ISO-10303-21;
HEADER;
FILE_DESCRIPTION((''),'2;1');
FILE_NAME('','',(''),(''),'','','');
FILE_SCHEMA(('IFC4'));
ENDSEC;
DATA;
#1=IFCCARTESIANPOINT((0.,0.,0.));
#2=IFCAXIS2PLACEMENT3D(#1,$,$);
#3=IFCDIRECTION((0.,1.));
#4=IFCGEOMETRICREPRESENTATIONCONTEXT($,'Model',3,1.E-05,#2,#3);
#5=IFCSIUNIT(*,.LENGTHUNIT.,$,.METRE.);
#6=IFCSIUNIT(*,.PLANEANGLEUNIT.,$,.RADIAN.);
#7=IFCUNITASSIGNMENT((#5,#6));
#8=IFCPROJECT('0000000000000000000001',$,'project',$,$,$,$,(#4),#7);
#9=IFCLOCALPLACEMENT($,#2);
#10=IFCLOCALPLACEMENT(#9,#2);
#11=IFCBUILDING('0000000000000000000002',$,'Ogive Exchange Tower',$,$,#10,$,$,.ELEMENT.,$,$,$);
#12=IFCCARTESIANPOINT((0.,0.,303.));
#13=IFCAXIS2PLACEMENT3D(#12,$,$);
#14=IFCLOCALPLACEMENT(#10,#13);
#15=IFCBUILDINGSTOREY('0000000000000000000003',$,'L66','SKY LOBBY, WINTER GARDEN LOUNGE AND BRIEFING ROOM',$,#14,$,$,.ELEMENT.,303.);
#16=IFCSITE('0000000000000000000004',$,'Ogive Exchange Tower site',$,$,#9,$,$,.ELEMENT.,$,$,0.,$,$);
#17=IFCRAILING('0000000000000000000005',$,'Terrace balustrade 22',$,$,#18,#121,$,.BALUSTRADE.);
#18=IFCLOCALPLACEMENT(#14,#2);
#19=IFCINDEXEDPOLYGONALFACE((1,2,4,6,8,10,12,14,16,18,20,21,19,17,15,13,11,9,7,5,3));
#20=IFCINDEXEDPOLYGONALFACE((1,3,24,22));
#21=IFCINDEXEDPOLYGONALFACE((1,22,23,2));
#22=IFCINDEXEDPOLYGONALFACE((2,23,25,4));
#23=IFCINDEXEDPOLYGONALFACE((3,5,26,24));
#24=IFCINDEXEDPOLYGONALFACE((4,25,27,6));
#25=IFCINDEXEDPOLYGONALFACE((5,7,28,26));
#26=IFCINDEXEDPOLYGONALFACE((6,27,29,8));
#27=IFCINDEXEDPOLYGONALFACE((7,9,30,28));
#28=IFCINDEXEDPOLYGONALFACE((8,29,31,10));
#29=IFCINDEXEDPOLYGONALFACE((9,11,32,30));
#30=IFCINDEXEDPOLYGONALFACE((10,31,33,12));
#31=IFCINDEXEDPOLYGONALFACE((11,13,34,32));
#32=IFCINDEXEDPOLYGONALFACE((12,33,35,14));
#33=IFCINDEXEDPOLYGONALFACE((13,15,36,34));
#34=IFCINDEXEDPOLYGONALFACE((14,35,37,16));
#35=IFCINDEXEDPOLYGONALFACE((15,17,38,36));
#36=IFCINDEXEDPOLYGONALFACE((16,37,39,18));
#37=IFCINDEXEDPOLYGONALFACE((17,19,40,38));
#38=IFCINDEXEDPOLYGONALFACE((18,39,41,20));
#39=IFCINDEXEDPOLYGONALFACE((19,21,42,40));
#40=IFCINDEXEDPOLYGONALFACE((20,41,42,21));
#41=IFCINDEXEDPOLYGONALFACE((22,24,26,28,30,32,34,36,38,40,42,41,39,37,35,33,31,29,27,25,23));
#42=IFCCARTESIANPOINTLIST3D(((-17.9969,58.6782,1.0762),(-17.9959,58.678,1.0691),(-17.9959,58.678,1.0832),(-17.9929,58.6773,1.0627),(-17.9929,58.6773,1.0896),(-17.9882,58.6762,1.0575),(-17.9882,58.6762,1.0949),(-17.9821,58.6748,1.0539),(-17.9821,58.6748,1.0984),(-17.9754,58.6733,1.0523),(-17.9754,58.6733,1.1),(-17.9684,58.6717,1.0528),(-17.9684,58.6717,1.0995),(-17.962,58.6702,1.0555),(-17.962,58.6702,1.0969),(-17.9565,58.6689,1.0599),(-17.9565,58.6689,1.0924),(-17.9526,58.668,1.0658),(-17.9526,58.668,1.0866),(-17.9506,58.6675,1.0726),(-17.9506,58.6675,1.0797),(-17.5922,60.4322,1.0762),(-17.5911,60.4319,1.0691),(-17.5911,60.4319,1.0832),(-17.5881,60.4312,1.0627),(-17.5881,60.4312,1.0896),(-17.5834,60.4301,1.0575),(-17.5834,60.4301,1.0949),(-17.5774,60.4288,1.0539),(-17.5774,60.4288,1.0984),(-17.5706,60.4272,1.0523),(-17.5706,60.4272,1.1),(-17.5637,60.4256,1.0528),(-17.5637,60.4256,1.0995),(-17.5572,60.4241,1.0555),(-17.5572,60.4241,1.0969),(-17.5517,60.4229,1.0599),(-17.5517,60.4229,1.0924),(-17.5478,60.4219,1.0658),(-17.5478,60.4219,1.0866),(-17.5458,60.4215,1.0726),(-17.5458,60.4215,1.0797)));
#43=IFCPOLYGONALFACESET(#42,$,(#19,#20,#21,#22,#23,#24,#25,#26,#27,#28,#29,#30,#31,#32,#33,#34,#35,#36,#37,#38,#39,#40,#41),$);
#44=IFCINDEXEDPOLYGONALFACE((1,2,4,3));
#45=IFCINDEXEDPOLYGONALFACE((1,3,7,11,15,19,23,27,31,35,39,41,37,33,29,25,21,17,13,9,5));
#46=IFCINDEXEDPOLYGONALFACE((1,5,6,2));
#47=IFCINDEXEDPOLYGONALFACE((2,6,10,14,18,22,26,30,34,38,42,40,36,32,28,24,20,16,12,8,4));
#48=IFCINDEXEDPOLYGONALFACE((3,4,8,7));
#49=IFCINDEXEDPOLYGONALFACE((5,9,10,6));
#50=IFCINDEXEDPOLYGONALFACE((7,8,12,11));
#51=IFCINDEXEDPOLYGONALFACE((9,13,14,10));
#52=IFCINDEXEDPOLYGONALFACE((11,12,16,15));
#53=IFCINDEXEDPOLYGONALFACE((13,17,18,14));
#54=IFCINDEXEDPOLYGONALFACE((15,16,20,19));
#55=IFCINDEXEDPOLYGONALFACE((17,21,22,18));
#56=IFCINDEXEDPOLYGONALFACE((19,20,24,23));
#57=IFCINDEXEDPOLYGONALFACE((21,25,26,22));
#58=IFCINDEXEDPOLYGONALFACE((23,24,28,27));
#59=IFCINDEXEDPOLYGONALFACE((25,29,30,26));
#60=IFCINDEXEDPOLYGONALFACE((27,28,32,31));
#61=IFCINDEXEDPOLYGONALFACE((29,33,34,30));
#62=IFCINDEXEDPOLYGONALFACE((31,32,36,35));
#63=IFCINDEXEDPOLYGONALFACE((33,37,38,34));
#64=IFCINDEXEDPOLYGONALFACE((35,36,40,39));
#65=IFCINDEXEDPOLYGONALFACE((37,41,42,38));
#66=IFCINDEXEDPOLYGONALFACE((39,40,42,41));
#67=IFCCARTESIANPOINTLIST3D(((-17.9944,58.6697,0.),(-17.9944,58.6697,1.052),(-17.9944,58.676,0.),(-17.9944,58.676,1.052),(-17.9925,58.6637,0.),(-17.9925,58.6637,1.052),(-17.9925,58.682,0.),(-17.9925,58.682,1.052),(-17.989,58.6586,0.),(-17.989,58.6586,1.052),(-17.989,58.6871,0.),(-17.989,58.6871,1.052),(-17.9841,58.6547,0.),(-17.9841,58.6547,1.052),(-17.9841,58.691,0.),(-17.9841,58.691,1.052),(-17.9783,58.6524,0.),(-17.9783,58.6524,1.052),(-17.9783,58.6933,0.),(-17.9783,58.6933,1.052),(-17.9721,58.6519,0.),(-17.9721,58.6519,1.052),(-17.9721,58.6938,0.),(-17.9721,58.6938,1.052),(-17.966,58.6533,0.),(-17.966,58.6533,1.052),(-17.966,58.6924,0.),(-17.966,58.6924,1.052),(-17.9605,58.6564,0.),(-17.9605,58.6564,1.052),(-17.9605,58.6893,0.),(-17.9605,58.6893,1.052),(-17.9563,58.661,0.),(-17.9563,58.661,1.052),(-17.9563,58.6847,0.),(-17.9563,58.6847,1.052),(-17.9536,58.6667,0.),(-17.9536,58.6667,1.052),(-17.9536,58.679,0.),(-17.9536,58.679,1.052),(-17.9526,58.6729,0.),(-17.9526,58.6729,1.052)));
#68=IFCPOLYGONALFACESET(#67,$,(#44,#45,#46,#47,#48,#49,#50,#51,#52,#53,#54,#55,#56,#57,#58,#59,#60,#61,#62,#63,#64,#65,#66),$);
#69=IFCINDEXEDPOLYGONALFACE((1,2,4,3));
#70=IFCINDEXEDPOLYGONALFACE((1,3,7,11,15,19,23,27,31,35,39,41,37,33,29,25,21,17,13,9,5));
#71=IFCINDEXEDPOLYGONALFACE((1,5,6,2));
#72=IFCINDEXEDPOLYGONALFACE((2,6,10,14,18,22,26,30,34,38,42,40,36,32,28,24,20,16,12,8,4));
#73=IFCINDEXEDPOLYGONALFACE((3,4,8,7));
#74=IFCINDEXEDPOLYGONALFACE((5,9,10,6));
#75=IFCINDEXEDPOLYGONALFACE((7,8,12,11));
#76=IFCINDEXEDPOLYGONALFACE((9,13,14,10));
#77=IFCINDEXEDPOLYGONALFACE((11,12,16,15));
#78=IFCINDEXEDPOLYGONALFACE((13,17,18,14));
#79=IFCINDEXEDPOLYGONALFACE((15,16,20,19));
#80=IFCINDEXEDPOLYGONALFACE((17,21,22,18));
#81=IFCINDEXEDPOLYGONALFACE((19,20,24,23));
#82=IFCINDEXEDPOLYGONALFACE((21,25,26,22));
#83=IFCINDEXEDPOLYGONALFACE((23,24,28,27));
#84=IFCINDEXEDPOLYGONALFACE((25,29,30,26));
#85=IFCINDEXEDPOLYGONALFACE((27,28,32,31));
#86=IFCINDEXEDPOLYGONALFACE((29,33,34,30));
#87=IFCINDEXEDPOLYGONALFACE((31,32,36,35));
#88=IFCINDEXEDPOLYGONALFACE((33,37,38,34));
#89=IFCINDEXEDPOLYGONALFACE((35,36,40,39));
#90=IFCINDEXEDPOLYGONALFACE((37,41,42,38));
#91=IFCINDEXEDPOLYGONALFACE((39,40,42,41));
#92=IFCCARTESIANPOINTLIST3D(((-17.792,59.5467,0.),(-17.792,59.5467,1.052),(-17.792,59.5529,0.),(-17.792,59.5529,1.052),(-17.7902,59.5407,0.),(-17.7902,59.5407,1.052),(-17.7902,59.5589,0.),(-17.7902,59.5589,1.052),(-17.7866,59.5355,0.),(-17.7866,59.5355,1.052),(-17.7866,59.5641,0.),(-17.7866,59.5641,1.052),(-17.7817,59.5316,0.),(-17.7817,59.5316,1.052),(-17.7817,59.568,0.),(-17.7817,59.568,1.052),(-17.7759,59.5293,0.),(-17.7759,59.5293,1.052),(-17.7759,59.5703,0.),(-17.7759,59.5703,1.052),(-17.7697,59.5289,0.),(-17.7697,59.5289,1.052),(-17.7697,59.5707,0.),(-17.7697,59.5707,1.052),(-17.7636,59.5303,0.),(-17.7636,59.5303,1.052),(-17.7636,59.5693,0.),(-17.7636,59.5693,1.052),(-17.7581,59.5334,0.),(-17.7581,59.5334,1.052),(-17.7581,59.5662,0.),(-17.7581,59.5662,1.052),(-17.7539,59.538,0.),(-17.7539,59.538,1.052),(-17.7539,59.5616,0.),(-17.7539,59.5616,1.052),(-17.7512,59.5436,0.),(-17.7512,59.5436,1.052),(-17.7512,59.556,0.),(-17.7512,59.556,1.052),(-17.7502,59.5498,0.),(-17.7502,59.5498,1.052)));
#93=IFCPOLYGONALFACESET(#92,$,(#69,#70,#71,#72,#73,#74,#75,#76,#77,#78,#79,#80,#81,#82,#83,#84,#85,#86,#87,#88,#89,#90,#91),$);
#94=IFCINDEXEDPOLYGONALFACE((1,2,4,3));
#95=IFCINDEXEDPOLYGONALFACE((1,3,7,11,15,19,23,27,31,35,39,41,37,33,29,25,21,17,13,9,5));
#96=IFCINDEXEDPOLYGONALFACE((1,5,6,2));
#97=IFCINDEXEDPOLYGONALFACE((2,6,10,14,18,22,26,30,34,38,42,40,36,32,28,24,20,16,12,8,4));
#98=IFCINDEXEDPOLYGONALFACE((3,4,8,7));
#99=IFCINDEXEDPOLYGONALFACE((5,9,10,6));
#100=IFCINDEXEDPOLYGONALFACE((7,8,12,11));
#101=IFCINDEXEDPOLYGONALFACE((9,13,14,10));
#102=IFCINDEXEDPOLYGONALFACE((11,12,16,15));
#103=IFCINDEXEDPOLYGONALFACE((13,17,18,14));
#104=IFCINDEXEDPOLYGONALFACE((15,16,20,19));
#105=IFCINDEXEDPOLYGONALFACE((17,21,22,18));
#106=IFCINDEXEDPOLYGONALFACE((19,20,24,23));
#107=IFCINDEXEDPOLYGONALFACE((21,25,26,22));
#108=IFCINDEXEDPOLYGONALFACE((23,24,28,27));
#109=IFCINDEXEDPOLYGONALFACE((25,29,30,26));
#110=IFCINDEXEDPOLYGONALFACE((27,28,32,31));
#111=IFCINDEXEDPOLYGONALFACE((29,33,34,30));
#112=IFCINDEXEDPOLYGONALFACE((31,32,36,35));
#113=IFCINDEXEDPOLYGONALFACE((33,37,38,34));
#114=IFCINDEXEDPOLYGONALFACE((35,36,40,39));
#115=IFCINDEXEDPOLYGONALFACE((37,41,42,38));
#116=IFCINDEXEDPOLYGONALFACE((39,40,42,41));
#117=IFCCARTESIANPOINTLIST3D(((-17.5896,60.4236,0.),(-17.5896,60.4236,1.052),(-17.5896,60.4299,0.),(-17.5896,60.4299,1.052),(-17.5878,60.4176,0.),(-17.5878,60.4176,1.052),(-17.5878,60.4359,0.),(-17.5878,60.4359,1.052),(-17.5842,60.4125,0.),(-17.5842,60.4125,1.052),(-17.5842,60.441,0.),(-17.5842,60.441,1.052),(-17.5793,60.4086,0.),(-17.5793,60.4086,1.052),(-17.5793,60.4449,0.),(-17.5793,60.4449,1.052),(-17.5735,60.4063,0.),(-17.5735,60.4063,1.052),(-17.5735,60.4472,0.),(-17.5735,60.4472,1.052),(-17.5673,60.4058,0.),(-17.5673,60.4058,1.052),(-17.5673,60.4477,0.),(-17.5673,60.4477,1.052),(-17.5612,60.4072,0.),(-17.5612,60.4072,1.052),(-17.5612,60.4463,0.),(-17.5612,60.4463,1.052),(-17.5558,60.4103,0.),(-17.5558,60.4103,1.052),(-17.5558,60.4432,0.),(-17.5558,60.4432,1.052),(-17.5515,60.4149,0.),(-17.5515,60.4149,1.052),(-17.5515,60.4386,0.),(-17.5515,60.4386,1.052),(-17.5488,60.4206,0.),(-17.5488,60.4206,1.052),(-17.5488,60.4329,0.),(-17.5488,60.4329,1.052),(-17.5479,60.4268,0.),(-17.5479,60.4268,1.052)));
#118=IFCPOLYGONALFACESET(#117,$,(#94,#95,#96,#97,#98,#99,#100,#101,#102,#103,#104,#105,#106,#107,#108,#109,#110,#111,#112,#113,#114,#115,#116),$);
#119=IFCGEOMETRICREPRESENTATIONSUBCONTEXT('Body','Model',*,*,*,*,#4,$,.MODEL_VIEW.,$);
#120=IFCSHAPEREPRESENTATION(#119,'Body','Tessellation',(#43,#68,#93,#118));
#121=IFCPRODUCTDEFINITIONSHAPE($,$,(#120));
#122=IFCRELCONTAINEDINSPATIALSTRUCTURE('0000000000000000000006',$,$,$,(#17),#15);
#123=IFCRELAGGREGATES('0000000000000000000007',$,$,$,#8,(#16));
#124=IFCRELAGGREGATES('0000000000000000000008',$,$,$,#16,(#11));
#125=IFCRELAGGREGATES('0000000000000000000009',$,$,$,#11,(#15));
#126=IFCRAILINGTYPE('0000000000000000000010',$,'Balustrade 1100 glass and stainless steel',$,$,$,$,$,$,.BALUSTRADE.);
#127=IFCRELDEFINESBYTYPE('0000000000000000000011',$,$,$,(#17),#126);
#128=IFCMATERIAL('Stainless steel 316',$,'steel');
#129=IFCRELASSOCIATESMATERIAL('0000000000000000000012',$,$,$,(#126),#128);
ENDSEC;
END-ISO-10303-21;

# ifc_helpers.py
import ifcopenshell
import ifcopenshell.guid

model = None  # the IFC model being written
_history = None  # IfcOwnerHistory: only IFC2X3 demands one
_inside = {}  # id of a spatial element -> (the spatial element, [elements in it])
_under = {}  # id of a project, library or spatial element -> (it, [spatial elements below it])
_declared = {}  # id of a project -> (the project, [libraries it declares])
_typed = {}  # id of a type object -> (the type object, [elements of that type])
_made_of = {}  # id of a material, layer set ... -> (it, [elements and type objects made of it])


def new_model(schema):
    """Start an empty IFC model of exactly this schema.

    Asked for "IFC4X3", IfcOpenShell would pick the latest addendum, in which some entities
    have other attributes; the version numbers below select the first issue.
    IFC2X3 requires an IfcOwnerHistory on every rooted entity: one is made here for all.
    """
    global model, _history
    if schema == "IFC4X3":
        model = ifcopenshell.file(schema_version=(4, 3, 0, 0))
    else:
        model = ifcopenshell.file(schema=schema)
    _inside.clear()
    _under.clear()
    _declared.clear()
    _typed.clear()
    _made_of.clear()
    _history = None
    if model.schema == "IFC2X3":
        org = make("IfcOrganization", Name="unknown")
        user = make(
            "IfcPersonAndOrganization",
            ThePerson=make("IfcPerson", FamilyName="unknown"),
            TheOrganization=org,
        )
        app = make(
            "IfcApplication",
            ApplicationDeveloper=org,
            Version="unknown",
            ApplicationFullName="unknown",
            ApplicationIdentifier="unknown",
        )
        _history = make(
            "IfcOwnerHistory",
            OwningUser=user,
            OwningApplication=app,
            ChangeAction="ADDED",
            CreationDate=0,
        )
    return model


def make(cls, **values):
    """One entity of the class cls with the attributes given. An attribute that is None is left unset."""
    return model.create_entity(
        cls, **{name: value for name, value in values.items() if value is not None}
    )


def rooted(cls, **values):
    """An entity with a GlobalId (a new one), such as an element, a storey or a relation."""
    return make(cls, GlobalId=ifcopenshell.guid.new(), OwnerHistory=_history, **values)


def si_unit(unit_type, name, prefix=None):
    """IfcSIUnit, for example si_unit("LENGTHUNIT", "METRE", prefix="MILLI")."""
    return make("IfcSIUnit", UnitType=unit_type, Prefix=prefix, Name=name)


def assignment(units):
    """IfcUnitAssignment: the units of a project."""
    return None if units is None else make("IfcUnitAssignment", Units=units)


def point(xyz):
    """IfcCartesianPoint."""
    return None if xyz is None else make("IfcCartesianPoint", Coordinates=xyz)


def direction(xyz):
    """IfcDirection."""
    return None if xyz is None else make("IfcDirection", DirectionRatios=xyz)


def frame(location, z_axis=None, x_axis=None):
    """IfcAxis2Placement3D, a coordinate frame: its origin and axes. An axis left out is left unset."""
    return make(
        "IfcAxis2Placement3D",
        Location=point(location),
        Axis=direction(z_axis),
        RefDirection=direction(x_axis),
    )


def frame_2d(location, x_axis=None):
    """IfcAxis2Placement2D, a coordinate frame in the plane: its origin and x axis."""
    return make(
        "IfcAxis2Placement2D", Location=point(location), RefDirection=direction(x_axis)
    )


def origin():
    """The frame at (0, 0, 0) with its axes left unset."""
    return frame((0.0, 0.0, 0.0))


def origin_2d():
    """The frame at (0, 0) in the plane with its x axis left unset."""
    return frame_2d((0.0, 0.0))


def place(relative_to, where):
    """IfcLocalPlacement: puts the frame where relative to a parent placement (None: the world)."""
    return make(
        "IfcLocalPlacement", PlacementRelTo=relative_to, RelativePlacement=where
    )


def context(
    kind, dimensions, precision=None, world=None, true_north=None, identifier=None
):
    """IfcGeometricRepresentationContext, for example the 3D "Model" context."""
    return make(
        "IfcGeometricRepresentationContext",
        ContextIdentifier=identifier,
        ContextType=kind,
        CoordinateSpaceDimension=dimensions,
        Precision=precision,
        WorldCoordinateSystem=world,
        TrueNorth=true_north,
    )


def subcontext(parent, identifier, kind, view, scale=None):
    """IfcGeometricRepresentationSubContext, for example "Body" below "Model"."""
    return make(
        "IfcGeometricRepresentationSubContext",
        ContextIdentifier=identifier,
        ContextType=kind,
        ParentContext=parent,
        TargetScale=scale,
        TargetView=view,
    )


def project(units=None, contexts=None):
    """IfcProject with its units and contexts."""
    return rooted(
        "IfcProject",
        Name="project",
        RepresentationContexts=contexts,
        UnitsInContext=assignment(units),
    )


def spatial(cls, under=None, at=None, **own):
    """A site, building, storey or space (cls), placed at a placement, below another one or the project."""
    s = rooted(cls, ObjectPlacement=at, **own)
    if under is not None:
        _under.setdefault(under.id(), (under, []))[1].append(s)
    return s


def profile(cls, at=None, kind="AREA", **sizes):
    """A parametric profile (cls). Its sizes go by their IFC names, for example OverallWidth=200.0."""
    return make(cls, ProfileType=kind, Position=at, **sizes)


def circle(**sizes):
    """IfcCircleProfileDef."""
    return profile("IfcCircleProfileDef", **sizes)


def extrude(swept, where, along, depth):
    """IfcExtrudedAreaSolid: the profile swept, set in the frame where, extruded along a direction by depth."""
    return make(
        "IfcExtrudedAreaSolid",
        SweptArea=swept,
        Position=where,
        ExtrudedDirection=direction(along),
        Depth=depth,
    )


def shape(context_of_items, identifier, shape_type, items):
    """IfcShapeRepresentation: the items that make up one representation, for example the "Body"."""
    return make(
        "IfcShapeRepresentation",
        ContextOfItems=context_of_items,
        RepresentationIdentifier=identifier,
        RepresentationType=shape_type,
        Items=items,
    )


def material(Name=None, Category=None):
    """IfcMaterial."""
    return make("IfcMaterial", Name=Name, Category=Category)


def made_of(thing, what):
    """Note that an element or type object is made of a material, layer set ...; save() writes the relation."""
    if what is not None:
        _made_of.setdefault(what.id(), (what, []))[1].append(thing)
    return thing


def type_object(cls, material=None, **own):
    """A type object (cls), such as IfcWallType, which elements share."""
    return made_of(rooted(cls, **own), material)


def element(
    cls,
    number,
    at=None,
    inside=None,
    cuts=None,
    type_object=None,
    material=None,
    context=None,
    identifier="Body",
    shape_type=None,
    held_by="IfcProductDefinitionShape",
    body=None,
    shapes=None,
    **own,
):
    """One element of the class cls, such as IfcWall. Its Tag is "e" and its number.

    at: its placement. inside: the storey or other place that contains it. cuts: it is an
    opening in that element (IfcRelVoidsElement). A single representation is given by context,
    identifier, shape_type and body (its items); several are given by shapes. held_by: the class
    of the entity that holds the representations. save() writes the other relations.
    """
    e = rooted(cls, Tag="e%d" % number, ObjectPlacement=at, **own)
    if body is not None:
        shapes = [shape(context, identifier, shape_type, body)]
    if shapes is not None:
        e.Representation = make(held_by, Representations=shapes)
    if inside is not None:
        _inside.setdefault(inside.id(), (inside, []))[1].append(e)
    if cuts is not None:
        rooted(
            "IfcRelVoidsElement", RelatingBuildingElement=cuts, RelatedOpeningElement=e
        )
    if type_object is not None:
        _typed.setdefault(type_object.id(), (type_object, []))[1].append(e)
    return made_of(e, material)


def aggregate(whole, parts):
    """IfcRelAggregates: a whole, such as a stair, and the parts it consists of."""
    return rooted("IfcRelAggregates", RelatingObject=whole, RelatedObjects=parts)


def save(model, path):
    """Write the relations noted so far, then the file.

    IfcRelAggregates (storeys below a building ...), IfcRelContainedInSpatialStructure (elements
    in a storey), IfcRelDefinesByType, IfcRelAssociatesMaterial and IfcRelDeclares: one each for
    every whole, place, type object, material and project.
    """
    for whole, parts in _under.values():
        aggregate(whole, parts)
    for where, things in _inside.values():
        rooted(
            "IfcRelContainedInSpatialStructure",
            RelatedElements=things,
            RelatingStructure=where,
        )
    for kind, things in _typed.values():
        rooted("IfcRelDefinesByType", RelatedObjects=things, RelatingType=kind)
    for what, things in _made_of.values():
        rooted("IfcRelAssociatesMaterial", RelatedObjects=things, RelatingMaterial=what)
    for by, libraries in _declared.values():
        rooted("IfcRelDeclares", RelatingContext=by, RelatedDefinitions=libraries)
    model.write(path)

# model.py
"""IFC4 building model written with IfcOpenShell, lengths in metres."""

from ifc_helpers import new_model, si_unit, direction, frame, origin, origin_2d, place, context, subcontext, project, spatial, circle, extrude, material, type_object, element, save


model = new_model("IFC4")

# Units and contexts
model_context = context("Model", 3, precision=1e-05, world=origin(), true_north=direction((0.0, 1.0)))
body_context = subcontext(model_context, "Body", "Model", "MODEL_VIEW")
ifc_project = project(units=[si_unit("LENGTHUNIT", "METRE"), si_unit("PLANEANGLEUNIT", "RADIAN")], contexts=[model_context])

# Site, building, storey
site_placement = place(None, origin())
site = spatial("IfcSite", under=ifc_project, at=site_placement, Name="Ogive Exchange Tower site", CompositionType="ELEMENT", RefElevation=0.0)
building_placement = place(site_placement, origin())
building = spatial("IfcBuilding", under=site, at=building_placement, Name="Ogive Exchange Tower", CompositionType="ELEMENT")
storey_placement = place(building_placement, frame((0.0, 0.0, 303.0)))
storey = spatial("IfcBuildingStorey", under=building, at=storey_placement, Name="L66", Description="SKY LOBBY, WINTER GARDEN LOUNGE AND BRIEFING ROOM", CompositionType="ELEMENT", Elevation=303.0)

# Railing
ifc_material_1 = material(Name="Stainless steel 316", Category="steel")
railing_type = type_object("IfcRailingType", Name="Balustrade 1100 glass and stainless steel", PredefinedType="BALUSTRADE", material=ifc_material_1)
railing_1_placement = place(storey_placement, frame((-17.9736, 58.6729, 0.0)))
element("IfcRailing", 1, at=railing_1_placement, inside=storey, type_object=railing_type, Name="Terrace balustrade 22", PredefinedType="BALUSTRADE", context=body_context, shape_type="SweptSolid", body=[
    extrude(circle(Radius=0.0239, at=origin_2d()), frame((0.0, 0.0, 1.0762), z_axis=(0.224879, 0.974387, 0.0), x_axis=(-0.974387, 0.224879, 0.0)), (0.0, 0.0, 1.0), 1.8),
    extrude(circle(Radius=0.021, at=origin_2d()), origin(), (0.0, 0.0, 1.0), 1.052),
    extrude(circle(Radius=0.021, at=origin_2d()), frame((0.2024, 0.877, 0.0)), (0.0, 0.0, 1.0), 1.052),
    extrude(circle(Radius=0.021, at=origin_2d()), frame((0.4048, 1.7539, 0.0)), (0.0, 0.0, 1.0), 1.052),
])

save(model, "model.ifc")
